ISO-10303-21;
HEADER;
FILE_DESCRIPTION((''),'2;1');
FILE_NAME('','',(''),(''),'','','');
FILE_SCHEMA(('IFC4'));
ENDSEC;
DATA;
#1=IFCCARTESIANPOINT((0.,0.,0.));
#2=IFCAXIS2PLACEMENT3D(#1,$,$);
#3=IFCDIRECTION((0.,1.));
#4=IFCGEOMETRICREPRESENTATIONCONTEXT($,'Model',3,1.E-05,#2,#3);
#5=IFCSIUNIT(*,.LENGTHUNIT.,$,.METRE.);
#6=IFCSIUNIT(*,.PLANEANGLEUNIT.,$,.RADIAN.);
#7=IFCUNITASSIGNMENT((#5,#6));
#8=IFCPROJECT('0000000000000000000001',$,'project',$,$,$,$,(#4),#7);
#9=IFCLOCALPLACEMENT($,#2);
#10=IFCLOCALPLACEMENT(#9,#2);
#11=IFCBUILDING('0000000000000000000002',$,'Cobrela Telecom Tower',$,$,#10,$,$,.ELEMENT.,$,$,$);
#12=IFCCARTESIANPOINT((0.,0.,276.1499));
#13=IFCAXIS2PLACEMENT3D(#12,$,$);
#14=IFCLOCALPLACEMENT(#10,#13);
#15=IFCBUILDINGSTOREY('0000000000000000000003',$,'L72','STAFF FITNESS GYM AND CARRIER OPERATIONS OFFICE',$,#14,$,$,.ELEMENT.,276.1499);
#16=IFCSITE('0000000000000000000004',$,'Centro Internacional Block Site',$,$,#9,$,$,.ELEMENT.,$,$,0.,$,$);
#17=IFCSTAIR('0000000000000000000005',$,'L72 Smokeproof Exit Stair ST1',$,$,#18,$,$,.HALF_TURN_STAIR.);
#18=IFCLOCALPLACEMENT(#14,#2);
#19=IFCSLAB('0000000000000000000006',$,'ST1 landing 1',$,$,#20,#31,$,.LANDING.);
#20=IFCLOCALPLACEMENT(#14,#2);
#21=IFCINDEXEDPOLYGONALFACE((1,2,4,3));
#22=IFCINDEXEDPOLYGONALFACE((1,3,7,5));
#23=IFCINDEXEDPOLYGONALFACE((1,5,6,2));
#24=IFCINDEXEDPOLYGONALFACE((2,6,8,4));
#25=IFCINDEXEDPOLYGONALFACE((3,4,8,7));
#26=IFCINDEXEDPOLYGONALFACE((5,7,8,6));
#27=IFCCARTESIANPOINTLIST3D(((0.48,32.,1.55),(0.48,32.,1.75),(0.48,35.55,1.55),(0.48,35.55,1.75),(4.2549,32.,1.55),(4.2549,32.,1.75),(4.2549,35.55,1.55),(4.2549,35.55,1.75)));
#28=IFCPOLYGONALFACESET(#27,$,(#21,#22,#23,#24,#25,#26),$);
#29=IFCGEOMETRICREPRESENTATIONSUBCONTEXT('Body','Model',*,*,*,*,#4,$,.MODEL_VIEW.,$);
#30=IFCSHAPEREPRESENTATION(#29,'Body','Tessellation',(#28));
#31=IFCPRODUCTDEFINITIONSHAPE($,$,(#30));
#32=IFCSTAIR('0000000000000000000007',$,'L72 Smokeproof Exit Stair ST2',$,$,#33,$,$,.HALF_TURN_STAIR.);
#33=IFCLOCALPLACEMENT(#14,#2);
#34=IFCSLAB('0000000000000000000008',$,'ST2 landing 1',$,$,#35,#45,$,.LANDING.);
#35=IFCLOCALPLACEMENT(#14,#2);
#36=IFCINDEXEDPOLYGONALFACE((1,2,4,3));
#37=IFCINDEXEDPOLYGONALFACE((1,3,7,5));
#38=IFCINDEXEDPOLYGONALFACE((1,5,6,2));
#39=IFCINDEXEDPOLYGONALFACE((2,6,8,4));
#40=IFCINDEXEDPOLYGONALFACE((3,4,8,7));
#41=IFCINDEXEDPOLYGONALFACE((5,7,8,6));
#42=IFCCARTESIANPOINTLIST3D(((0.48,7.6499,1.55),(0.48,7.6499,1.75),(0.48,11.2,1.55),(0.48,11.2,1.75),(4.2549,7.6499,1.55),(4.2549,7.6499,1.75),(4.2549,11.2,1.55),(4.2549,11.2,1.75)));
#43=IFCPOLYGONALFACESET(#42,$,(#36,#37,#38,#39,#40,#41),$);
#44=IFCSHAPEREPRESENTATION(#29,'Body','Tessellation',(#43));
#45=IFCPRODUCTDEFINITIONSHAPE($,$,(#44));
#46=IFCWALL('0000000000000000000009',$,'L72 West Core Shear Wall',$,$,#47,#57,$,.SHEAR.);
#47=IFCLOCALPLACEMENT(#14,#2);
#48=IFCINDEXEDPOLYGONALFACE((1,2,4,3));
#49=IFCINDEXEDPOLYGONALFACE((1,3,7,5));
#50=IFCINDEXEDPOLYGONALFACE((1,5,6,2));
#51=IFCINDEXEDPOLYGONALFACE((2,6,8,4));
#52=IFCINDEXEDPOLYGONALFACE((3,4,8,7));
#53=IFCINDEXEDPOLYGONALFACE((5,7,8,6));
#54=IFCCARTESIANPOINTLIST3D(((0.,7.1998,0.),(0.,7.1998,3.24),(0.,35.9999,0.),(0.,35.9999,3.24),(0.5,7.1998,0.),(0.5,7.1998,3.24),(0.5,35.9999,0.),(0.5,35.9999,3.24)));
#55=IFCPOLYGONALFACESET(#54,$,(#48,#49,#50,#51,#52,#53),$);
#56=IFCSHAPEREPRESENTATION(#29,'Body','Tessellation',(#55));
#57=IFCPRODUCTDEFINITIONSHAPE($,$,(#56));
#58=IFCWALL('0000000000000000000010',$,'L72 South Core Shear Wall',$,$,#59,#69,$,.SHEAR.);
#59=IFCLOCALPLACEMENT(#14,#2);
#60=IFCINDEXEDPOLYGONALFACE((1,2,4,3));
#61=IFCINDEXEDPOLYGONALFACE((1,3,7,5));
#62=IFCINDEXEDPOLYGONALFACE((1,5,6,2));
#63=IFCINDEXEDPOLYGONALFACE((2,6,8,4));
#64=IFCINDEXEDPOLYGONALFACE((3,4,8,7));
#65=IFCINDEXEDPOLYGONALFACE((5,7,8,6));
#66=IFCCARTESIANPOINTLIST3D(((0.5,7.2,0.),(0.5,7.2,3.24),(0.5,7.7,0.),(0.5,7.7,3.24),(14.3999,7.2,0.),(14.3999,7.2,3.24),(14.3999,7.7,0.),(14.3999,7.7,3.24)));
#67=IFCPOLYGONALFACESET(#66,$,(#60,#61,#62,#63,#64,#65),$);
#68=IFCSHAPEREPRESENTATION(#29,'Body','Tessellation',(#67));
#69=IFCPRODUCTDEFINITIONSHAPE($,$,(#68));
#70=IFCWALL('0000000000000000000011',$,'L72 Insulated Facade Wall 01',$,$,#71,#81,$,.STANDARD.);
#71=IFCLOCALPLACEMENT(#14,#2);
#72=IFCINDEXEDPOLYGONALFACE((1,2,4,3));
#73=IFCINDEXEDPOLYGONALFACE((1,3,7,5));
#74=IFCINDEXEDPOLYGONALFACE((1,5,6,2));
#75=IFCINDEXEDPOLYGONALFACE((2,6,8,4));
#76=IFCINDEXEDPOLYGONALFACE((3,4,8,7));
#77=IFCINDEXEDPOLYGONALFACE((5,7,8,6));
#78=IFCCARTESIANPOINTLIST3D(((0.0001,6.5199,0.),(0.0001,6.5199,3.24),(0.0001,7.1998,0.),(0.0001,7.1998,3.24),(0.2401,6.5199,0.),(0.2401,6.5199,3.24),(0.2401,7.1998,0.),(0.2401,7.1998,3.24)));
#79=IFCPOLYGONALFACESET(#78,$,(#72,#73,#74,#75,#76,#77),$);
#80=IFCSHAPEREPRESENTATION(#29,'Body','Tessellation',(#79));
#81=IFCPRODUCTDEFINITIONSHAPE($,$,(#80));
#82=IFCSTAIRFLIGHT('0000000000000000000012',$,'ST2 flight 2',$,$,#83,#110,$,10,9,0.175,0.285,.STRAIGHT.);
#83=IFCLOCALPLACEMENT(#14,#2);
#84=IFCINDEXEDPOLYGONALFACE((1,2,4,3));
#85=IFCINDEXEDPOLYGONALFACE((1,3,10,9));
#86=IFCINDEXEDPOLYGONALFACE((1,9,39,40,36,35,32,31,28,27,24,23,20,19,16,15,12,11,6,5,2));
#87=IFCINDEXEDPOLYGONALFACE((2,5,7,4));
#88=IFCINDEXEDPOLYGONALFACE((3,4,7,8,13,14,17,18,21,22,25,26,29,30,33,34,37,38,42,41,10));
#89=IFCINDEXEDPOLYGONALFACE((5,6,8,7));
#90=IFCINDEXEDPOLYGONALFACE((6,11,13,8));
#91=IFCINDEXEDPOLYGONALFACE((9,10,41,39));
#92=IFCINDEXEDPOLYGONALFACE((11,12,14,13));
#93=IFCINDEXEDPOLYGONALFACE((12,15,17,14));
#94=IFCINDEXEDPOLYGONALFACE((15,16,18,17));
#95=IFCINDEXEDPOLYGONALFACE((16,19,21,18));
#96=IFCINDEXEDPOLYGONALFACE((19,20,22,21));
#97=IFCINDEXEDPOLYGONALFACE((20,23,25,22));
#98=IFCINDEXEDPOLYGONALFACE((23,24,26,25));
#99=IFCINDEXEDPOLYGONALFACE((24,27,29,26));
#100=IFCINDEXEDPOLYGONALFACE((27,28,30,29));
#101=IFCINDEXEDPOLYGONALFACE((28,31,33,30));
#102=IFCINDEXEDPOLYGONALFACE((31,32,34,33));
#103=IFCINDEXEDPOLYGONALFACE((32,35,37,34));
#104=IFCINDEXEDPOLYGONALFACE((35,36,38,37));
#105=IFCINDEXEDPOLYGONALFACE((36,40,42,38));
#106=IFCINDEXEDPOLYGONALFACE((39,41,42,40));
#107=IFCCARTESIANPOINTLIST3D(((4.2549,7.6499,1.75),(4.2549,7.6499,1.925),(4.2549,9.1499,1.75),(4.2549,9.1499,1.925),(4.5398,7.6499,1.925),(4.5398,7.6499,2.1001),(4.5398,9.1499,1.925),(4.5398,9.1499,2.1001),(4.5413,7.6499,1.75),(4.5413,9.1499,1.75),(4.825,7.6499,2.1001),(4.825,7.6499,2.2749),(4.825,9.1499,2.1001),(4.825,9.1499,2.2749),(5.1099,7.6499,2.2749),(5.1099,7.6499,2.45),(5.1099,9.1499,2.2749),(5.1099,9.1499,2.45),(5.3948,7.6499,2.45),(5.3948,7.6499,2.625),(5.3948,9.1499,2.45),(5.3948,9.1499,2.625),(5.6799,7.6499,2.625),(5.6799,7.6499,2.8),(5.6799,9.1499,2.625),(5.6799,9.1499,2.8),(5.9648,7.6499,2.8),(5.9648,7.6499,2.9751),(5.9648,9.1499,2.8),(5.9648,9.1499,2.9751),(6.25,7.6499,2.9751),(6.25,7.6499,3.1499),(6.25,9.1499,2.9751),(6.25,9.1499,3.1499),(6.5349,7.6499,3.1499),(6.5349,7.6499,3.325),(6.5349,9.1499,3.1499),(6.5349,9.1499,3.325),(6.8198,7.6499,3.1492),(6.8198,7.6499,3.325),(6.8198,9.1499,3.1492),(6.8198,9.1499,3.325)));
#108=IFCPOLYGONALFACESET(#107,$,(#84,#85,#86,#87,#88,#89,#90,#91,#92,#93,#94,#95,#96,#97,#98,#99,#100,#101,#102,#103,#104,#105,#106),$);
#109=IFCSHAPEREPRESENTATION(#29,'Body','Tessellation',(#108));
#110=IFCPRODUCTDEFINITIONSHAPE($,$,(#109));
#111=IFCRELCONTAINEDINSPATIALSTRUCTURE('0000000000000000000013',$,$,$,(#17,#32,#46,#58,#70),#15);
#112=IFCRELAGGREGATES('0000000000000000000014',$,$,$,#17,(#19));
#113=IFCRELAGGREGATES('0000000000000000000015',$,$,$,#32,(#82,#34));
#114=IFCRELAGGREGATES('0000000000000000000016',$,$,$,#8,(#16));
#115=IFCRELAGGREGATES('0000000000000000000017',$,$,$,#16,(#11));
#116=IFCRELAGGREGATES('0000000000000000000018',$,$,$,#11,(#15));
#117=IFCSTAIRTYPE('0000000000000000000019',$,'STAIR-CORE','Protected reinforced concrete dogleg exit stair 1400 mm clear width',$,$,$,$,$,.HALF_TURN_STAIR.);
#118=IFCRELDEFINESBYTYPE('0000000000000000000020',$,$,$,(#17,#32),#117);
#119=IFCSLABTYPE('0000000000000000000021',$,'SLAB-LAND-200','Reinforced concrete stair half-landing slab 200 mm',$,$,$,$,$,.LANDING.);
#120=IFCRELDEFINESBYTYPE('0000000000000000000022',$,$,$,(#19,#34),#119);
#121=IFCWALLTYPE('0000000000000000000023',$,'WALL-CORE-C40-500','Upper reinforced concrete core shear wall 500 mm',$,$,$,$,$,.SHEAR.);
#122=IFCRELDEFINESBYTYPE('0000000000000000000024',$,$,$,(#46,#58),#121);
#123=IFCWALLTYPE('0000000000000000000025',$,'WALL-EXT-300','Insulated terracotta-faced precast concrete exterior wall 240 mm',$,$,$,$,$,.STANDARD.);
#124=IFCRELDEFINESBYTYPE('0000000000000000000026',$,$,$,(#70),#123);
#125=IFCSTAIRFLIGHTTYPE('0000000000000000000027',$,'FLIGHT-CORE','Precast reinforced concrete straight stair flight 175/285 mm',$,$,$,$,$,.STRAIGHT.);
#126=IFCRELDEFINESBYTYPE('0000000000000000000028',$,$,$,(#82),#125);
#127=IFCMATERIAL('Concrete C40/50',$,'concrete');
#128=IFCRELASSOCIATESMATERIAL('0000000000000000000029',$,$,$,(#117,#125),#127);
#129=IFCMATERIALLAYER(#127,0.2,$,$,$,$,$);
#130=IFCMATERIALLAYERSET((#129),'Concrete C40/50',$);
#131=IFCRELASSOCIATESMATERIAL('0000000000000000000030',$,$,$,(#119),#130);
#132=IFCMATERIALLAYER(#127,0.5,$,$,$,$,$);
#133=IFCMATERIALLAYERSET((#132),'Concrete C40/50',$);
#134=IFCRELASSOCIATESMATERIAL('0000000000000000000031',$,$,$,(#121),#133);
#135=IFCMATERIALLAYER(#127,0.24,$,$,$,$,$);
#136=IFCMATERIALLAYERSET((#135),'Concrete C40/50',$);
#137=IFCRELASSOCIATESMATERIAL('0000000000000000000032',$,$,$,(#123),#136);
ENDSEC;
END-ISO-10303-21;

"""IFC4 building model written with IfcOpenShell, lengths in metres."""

from ifc_helpers import new_model, si_unit, direction, frame, frame_2d, origin, place, context, subcontext, project, spatial, polyline, rectangle, outline, extrude, material, layer, layer_set, type_object, element, aggregate, save


model = new_model("IFC4")

# Units and contexts
model_context = context("Model", 3, precision=1e-05, world=origin(), true_north=direction((0.0, 1.0)))
body_context = subcontext(model_context, "Body", "Model", "MODEL_VIEW")
ifc_project = project(units=[si_unit("LENGTHUNIT", "METRE"), si_unit("PLANEANGLEUNIT", "RADIAN")], contexts=[model_context])

# Site, building, storey
site_placement = place(None, origin())
site = spatial("IfcSite", under=ifc_project, at=site_placement, Name="Centro Internacional Block Site", CompositionType="ELEMENT", RefElevation=0.0)
building_placement = place(site_placement, origin())
building = spatial("IfcBuilding", under=site, at=building_placement, Name="Cobrela Telecom Tower", CompositionType="ELEMENT")
storey_placement = place(building_placement, frame((0.0, 0.0, 276.1499)))
storey = spatial("IfcBuildingStorey", under=building, at=storey_placement, Name="L72", Description="STAFF FITNESS GYM AND CARRIER OPERATIONS OFFICE", CompositionType="ELEMENT", Elevation=276.1499)

# Shared definitions
ifc_material_1 = material(Name="Concrete C40/50", Category="concrete")

# Stairs, slabs
stair_type = type_object("IfcStairType", Name="STAIR-CORE", Description="Protected reinforced concrete dogleg exit stair 1400 mm clear width", PredefinedType="HALF_TURN_STAIR", material=ifc_material_1)
stair_1_placement = place(storey_placement, origin())
stair_1 = element("IfcStair", 1, at=stair_1_placement, inside=storey, type_object=stair_type, Name="L72 Smokeproof Exit Stair ST1", PredefinedType="HALF_TURN_STAIR")
ifc_layer_1 = layer(ifc_material_1, 0.2)
ifc_layer_set_1 = layer_set([ifc_layer_1], Name="Concrete C40/50")
slab_type_1 = type_object("IfcSlabType", Name="SLAB-LAND-200", Description="Reinforced concrete stair half-landing slab 200 mm", PredefinedType="LANDING", material=ifc_layer_set_1)
slab_1_placement = place(storey_placement, frame((0.0, 0.0, 1.55)))
slab_1 = element("IfcSlab", 2, at=slab_1_placement, type_object=slab_type_1, Name="ST1 landing 1", PredefinedType="LANDING", context=body_context, shape_type="SweptSolid", body=[
    extrude(outline(polyline([(4.2549, 35.55), (0.48, 35.55), (0.48, 32.0), (4.2549, 32.0), (4.2549, 35.55)])), origin(), (0.0, 0.0, 1.0), 0.2),
])
aggregate(stair_1, [slab_1])
stair_2_placement = place(storey_placement, origin())
stair_2 = element("IfcStair", 3, at=stair_2_placement, inside=storey, type_object=stair_type, Name="L72 Smokeproof Exit Stair ST2", PredefinedType="HALF_TURN_STAIR")
slab_2_placement = place(storey_placement, frame((0.0, 0.0, 1.55)))
slab_2 = element("IfcSlab", 4, at=slab_2_placement, type_object=slab_type_1, Name="ST2 landing 1", PredefinedType="LANDING", context=body_context, shape_type="SweptSolid", body=[
    extrude(outline(polyline([(4.2549, 11.2), (0.48, 11.2), (0.48, 7.6499), (4.2549, 7.6499), (4.2549, 11.2)])), origin(), (0.0, 0.0, 1.0), 0.2),
])

# Walls
ifc_layer_2 = layer(ifc_material_1, 0.5)
ifc_layer_set_2 = layer_set([ifc_layer_2], Name="Concrete C40/50")
wall_type_1 = type_object("IfcWallType", Name="WALL-CORE-C40-500", Description="Upper reinforced concrete core shear wall 500 mm", PredefinedType="SHEAR", material=ifc_layer_set_2)
wall_1_placement = place(storey_placement, frame((0.25, 7.2, 0.0), z_axis=(0.0, 0.0, 1.0), x_axis=(0.0, 1.0, 0.0)))
element("IfcWall", 5, at=wall_1_placement, inside=storey, type_object=wall_type_1, Name="L72 West Core Shear Wall", PredefinedType="SHEAR", context=body_context, shape_type="SweptSolid", body=[
    extrude(rectangle(XDim=28.8, YDim=0.5, at=frame_2d((14.3999, 0.0))), origin(), (0.0, 0.0, 1.0), 3.24),
])
wall_2_placement = place(storey_placement, frame((0.5, 7.45, 0.0), z_axis=(0.0, 0.0, 1.0), x_axis=(1.0, 0.0, 0.0)))
element("IfcWall", 6, at=wall_2_placement, inside=storey, type_object=wall_type_1, Name="L72 South Core Shear Wall", PredefinedType="SHEAR", context=body_context, shape_type="SweptSolid", body=[
    extrude(rectangle(XDim=13.8999, YDim=0.5, at=frame_2d((6.95, 0.0))), origin(), (0.0, 0.0, 1.0), 3.24),
])
ifc_layer_3 = layer(ifc_material_1, 0.24)
ifc_layer_set_3 = layer_set([ifc_layer_3], Name="Concrete C40/50")
wall_type_2 = type_object("IfcWallType", Name="WALL-EXT-300", Description="Insulated terracotta-faced precast concrete exterior wall 240 mm", PredefinedType="STANDARD", material=ifc_layer_set_3)
wall_3_placement = place(storey_placement, frame((0.1201, 6.52, 0.0), z_axis=(0.0, 0.0, 1.0), x_axis=(0.0, 1.0, 0.0)))
element("IfcWall", 7, at=wall_3_placement, inside=storey, type_object=wall_type_2, Name="L72 Insulated Facade Wall 01", PredefinedType="STANDARD", context=body_context, shape_type="SweptSolid", body=[
    extrude(rectangle(XDim=0.6799, YDim=0.24, at=frame_2d((0.3398, 0.0))), origin(), (0.0, 0.0, 1.0), 3.24),
])

# Stair flight
stair_flight_type = type_object("IfcStairFlightType", Name="FLIGHT-CORE", Description="Precast reinforced concrete straight stair flight 175/285 mm", PredefinedType="STRAIGHT", material=ifc_material_1)
stair_flight_placement = place(storey_placement, frame((4.2549, 8.3999, 1.75), z_axis=(0.0, 0.0, 1.0), x_axis=(1.0, 0.0, 0.0)))
stair_flight = element("IfcStairFlight", 8, at=stair_flight_placement, type_object=stair_flight_type, Name="ST2 flight 2", NumberOfRisers=10, NumberOfTreads=9, PredefinedType="STRAIGHT", RiserHeight=0.175, TreadLength=0.285, context=body_context, shape_type="SweptSolid", body=[
    extrude(outline(polyline([(0.0, 0.0), (0.0, 0.175), (0.2849, 0.175), (0.2849, 0.3501), (0.5701, 0.3501), (0.5701, 0.5249), (0.855, 0.5249), (0.855, 0.7), (1.1399, 0.7), (1.1399, 0.875), (1.425, 0.875), (1.425, 1.05), (1.71, 1.05), (1.71, 1.2251), (1.9951, 1.2251), (1.9951, 1.3999), (2.28, 1.3999), (2.28, 1.575), (2.5649, 1.575), (2.5649, 1.75), (2.5649, 1.3992), (0.2864, 0.0), (0.0, 0.0)])), frame((0.0, 0.75, 0.0), z_axis=(0.0, -1.0, 0.0), x_axis=(1.0, 0.0, 0.0)), (0.0, 0.0, 1.0), 1.5),
])
aggregate(stair_2, [stair_flight, slab_2])

save(model, "model.ifc")
